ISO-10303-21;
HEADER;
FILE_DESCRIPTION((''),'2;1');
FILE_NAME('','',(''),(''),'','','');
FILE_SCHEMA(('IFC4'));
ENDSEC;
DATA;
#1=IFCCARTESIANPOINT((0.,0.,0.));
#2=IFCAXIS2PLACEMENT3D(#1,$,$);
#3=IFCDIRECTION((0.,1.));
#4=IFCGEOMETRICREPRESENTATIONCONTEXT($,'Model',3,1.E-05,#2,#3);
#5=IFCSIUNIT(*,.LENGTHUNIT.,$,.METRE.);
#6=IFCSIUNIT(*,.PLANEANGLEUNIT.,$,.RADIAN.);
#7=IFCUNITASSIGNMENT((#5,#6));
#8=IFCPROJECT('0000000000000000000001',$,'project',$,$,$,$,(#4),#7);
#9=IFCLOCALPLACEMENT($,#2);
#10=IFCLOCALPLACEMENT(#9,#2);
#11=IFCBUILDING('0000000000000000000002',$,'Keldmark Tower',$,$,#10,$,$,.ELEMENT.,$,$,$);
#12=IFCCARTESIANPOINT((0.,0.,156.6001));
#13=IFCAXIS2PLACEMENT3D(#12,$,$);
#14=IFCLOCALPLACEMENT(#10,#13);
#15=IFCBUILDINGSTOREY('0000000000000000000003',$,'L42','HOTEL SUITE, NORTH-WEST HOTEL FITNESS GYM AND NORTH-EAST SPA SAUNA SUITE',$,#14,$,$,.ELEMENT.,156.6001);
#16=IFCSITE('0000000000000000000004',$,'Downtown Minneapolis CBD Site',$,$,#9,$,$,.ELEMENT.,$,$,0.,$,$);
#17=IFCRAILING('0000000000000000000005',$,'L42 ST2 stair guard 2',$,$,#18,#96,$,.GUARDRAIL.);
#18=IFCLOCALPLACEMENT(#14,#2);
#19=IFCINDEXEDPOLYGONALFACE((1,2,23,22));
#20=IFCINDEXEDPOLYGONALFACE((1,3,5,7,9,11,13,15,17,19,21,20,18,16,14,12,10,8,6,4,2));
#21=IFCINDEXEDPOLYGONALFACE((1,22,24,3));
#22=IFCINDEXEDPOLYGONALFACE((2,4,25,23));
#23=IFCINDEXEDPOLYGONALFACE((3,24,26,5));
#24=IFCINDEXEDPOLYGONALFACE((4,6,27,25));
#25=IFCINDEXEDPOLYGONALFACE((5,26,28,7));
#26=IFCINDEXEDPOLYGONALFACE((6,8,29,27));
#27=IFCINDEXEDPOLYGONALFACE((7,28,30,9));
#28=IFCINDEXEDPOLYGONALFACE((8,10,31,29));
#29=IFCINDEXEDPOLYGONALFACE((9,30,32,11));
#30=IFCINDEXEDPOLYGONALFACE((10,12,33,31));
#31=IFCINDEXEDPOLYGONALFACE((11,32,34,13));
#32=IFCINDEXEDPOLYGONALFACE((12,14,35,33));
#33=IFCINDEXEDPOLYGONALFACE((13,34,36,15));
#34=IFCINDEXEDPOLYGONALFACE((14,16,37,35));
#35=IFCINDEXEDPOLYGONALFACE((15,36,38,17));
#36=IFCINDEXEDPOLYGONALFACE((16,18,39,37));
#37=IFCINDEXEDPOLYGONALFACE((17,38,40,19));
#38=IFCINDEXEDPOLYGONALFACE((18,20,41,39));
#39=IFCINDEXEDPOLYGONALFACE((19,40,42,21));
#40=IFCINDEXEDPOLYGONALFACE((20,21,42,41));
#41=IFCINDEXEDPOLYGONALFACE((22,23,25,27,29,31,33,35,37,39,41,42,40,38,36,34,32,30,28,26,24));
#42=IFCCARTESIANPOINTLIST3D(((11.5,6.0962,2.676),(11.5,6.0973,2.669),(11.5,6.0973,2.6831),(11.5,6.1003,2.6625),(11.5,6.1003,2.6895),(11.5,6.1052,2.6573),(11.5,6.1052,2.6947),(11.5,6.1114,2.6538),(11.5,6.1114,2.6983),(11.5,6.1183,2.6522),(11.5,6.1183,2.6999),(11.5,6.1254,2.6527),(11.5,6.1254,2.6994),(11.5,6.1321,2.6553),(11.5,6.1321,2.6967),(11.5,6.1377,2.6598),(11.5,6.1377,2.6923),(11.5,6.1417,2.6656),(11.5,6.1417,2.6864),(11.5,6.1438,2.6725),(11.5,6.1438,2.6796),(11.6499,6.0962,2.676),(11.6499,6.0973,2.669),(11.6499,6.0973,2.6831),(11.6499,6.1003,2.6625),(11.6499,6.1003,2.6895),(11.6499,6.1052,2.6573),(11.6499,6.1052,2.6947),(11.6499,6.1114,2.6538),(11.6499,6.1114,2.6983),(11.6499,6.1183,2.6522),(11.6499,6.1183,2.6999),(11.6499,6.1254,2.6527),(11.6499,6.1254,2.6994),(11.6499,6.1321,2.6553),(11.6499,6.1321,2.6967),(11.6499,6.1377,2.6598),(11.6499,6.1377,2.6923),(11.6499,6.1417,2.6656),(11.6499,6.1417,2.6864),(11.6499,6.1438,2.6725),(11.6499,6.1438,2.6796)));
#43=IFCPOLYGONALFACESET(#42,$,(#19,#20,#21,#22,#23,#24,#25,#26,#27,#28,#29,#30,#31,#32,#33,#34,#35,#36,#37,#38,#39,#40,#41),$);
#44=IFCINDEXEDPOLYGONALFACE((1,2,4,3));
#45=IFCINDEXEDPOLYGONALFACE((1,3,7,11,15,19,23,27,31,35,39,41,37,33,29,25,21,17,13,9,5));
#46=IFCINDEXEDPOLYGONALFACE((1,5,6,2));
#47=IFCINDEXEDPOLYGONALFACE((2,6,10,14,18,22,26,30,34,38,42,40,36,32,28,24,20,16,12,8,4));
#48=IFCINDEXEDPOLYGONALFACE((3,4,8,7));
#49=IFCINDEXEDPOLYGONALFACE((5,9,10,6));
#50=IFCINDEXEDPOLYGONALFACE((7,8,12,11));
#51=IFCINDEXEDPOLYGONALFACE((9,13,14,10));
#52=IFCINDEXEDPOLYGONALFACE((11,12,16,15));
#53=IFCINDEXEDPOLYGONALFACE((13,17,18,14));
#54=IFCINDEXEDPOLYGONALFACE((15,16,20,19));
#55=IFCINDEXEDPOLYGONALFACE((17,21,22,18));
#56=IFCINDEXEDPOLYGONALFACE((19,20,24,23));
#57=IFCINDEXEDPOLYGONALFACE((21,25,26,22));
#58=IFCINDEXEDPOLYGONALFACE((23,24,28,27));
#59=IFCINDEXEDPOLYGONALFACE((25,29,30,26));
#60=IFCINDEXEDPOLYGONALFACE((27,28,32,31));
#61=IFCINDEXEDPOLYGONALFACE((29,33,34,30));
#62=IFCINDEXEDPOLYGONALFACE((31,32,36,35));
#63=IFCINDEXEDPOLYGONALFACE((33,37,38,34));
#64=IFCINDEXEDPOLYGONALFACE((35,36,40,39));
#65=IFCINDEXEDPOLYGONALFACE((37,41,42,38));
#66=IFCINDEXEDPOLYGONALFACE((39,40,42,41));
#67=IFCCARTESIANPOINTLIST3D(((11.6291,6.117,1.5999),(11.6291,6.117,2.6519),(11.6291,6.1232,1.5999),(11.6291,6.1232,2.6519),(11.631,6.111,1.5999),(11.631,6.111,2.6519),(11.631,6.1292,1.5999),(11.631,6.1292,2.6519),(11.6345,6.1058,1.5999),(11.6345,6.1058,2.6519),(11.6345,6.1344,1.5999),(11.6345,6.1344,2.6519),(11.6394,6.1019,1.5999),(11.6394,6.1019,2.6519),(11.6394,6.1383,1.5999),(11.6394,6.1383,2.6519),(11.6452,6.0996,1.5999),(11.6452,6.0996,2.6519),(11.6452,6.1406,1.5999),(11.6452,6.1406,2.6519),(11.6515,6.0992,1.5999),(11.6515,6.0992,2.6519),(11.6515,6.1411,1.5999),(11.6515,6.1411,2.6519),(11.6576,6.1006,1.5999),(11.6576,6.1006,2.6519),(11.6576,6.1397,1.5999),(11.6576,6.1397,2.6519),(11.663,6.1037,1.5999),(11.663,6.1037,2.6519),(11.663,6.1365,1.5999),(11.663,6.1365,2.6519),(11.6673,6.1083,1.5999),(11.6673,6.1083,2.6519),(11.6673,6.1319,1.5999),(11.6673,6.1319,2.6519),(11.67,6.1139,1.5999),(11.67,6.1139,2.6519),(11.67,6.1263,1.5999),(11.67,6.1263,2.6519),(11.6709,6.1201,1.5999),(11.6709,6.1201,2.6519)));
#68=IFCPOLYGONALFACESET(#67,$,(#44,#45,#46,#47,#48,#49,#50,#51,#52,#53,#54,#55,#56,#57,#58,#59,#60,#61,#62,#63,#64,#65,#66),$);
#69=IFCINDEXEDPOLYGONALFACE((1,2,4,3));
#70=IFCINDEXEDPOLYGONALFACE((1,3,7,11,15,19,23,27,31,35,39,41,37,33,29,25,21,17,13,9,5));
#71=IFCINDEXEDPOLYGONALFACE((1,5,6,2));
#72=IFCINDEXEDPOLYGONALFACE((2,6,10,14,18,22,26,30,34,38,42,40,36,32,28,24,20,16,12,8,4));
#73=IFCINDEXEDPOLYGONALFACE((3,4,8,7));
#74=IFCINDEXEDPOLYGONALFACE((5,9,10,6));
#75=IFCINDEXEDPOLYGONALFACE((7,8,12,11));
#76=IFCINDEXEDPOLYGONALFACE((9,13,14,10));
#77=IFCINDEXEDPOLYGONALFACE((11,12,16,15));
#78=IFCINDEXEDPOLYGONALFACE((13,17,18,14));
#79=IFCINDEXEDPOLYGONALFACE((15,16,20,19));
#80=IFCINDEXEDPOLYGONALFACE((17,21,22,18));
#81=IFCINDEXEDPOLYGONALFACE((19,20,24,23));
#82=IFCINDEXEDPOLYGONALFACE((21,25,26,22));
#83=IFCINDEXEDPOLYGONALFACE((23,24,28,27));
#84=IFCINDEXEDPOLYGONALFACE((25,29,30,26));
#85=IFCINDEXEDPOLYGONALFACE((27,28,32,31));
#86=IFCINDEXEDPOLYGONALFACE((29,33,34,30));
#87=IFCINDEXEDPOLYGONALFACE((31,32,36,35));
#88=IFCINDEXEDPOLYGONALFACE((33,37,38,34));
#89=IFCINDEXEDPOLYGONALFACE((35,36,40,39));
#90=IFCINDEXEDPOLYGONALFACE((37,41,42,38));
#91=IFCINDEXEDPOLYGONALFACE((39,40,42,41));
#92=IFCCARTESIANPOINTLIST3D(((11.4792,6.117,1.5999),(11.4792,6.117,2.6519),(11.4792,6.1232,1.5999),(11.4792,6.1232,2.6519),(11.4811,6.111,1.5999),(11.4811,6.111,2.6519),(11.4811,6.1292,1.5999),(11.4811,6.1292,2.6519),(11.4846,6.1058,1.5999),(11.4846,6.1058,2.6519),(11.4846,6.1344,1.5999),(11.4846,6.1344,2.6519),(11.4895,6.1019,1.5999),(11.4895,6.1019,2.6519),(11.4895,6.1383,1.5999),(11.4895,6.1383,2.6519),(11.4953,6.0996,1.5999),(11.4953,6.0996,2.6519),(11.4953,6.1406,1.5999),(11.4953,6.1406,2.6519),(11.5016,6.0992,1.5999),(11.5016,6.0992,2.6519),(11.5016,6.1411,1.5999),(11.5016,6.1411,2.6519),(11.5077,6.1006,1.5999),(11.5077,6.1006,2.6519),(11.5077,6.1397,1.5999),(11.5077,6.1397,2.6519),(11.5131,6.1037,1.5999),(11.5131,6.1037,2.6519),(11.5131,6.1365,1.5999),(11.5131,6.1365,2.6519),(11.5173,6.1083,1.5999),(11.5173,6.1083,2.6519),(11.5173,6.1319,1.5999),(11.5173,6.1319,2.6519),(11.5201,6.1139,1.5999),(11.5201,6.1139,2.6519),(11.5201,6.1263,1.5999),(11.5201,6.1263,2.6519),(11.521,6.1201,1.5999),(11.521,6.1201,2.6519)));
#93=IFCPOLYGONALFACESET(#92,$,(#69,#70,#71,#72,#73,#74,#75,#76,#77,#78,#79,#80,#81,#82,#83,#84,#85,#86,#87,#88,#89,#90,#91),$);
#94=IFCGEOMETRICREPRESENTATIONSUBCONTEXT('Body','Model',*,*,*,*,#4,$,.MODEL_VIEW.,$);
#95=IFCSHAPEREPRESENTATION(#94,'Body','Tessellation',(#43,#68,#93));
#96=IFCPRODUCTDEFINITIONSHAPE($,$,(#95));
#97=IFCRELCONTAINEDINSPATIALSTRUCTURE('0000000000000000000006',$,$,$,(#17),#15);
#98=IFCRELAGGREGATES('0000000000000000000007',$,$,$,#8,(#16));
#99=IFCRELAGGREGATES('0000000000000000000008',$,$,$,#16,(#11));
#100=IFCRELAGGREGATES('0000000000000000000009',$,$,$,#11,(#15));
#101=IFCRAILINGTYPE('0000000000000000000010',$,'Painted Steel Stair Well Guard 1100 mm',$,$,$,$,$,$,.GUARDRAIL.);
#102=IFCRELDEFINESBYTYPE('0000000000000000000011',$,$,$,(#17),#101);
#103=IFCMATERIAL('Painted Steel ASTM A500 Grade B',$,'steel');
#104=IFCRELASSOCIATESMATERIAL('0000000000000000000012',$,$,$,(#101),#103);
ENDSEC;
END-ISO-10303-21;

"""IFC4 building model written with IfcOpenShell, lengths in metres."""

from ifc_helpers import new_model, si_unit, direction, frame, origin, origin_2d, place, context, subcontext, project, spatial, circle, extrude, material, type_object, element, save


model = new_model("IFC4")

# Units and contexts
model_context = context("Model", 3, precision=1e-05, world=origin(), true_north=direction((0.0, 1.0)))
body_context = subcontext(model_context, "Body", "Model", "MODEL_VIEW")
ifc_project = project(units=[si_unit("LENGTHUNIT", "METRE"), si_unit("PLANEANGLEUNIT", "RADIAN")], contexts=[model_context])

# Site, building, storey
site_placement = place(None, origin())
site = spatial("IfcSite", under=ifc_project, at=site_placement, Name="Downtown Minneapolis CBD Site", CompositionType="ELEMENT", RefElevation=0.0)
building_placement = place(site_placement, origin())
building = spatial("IfcBuilding", under=site, at=building_placement, Name="Keldmark Tower", CompositionType="ELEMENT")
storey_placement = place(building_placement, frame((0.0, 0.0, 156.6001)))
storey = spatial("IfcBuildingStorey", under=building, at=storey_placement, Name="L42", Description="HOTEL SUITE, NORTH-WEST HOTEL FITNESS GYM AND NORTH-EAST SPA SAUNA SUITE", CompositionType="ELEMENT", Elevation=156.6001)

# Railing
ifc_material_1 = material(Name="Painted Steel ASTM A500 Grade B", Category="steel")
railing_type_1 = type_object("IfcRailingType", Name="Painted Steel Stair Well Guard 1100 mm", PredefinedType="GUARDRAIL", material=ifc_material_1)
railing_1_placement = place(storey_placement, frame((11.6499, 6.1201, 1.5999)))
element("IfcRailing", 1, at=railing_1_placement, inside=storey, type_object=railing_type_1, Name="L42 ST2 stair guard 2", PredefinedType="GUARDRAIL", context=body_context, shape_type="SweptSolid", body=[
    extrude(circle(Radius=0.0239, at=origin_2d()), frame((0.0, 0.0, 1.0762), z_axis=(-1.0, 0.0, 0.0), x_axis=(0.0, -1.0, 0.0)), (0.0, 0.0, 1.0), 0.1499),
    extrude(circle(Radius=0.021, at=origin_2d()), origin(), (0.0, 0.0, 1.0), 1.052),
    extrude(circle(Radius=0.021, at=origin_2d()), frame((-0.1499, 0.0, 0.0)), (0.0, 0.0, 1.0), 1.052),
])

save(model, "model.ifc")
